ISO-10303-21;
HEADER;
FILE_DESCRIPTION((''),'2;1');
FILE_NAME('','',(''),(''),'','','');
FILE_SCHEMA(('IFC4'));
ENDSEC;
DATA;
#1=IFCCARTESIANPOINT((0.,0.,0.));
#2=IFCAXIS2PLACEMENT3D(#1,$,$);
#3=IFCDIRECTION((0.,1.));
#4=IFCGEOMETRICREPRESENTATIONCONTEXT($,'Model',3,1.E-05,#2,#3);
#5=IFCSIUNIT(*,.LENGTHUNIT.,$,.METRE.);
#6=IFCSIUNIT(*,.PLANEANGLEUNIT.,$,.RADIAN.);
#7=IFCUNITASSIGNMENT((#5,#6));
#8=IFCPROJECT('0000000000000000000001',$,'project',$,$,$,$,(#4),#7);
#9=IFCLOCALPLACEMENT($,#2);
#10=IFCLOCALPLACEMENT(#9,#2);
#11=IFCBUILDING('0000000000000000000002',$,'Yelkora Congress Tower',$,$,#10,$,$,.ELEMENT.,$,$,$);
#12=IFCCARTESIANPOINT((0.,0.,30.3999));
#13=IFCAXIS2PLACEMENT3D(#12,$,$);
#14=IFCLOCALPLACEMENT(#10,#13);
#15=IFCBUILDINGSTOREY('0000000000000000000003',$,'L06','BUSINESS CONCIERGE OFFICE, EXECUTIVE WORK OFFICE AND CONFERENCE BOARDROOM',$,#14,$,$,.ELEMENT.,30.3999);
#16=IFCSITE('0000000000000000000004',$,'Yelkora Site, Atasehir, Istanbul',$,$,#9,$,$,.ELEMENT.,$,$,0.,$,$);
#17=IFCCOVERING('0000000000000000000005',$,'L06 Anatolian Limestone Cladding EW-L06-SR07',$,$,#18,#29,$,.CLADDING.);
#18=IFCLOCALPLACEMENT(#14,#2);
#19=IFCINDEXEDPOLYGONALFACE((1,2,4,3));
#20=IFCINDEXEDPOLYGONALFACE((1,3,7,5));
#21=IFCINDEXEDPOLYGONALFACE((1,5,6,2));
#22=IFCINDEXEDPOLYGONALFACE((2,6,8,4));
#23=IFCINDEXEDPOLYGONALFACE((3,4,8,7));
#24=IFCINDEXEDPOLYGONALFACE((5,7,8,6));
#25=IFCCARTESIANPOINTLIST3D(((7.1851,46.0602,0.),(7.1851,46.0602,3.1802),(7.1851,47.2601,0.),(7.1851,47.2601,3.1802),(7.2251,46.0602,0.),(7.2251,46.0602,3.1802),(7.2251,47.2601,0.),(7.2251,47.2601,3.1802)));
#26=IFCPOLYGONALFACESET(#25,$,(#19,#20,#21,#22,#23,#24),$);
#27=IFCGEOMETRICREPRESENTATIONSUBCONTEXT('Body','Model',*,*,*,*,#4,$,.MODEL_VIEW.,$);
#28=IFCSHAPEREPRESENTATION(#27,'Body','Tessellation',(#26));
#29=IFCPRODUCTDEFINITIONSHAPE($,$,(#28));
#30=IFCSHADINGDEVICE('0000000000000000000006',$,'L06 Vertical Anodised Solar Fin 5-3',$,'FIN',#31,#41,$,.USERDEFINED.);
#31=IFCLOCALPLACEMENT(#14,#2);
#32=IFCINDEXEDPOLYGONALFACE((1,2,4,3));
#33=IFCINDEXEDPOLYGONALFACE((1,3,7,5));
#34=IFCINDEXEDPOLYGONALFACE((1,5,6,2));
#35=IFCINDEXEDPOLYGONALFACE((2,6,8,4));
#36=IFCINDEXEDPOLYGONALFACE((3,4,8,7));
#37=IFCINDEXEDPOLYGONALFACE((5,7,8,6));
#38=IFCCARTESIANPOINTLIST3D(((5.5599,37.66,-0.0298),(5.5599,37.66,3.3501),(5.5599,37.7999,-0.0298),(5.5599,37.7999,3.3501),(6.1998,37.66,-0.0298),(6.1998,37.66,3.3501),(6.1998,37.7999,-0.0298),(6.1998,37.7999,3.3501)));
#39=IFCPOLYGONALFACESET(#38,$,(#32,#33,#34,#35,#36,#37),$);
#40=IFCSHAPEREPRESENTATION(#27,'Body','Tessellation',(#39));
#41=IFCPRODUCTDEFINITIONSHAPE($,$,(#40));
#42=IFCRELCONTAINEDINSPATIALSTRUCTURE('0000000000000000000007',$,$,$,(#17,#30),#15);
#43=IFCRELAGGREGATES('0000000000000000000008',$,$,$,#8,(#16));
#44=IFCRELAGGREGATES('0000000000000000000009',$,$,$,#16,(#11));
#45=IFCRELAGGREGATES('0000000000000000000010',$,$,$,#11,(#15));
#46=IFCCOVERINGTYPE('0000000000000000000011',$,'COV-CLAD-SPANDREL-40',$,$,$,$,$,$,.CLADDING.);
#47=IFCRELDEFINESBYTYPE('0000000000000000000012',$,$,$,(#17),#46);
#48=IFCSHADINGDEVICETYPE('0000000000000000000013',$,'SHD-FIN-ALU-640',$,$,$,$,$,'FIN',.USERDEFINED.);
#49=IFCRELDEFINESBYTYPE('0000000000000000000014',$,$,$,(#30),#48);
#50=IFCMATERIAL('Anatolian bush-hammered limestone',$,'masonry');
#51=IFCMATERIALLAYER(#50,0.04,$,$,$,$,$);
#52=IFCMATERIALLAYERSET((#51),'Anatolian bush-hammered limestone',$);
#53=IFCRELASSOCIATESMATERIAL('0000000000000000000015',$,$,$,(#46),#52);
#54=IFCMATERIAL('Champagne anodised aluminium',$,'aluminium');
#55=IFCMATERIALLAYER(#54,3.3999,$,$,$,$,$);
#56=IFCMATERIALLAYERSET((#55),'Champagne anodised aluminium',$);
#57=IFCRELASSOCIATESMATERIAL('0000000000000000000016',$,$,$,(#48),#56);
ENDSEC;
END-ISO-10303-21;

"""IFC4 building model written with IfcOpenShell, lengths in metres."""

from ifc_helpers import new_model, si_unit, direction, frame, frame_2d, origin, origin_2d, place, context, subcontext, project, spatial, rectangle, extrude, material, layer, layer_set, type_object, element, save


model = new_model("IFC4")

# Units and contexts
model_context = context("Model", 3, precision=1e-05, world=origin(), true_north=direction((0.0, 1.0)))
body_context = subcontext(model_context, "Body", "Model", "MODEL_VIEW")
ifc_project = project(units=[si_unit("LENGTHUNIT", "METRE"), si_unit("PLANEANGLEUNIT", "RADIAN")], contexts=[model_context])

# Site, building, storey
site_placement = place(None, origin())
site = spatial("IfcSite", under=ifc_project, at=site_placement, Name="Yelkora Site, Atasehir, Istanbul", CompositionType="ELEMENT", RefElevation=0.0)
building_placement = place(site_placement, origin())
building = spatial("IfcBuilding", under=site, at=building_placement, Name="Yelkora Congress Tower", CompositionType="ELEMENT")
storey_placement = place(building_placement, frame((0.0, 0.0, 30.3999)))
storey = spatial("IfcBuildingStorey", under=building, at=storey_placement, Name="L06", Description="BUSINESS CONCIERGE OFFICE, EXECUTIVE WORK OFFICE AND CONFERENCE BOARDROOM", CompositionType="ELEMENT", Elevation=30.3999)

# Covering
ifc_material_1 = material(Name="Anatolian bush-hammered limestone", Category="masonry")
ifc_layer_1 = layer(ifc_material_1, 0.04)
ifc_layer_set_1 = layer_set([ifc_layer_1], Name="Anatolian bush-hammered limestone")
covering_type = type_object("IfcCoveringType", Name="COV-CLAD-SPANDREL-40", PredefinedType="CLADDING", material=ifc_layer_set_1)
covering_placement = place(storey_placement, frame((7.2051, 46.0601, 0.0), z_axis=(0.0, 0.0, 1.0), x_axis=(0.0, 1.0, 0.0)))
element("IfcCovering", 1, at=covering_placement, inside=storey, type_object=covering_type, Name="L06 Anatolian Limestone Cladding EW-L06-SR07", PredefinedType="CLADDING", context=body_context, shape_type="SweptSolid", body=[
    extrude(rectangle(XDim=1.2, YDim=0.04, at=frame_2d((0.6001, 0.0))), origin(), (0.0, 0.0, 1.0), 3.1802),
])

# Shading device
ifc_material_2 = material(Name="Champagne anodised aluminium", Category="aluminium")
ifc_layer_2 = layer(ifc_material_2, 3.3999)
ifc_layer_set_2 = layer_set([ifc_layer_2], Name="Champagne anodised aluminium")
shading_device_type = type_object("IfcShadingDeviceType", Name="SHD-FIN-ALU-640", ElementType="FIN", PredefinedType="USERDEFINED", material=ifc_layer_set_2)
shading_device_placement = place(storey_placement, frame((5.8799, 37.73, -0.0298), z_axis=(0.0, 0.0, 1.0), x_axis=(0.0, 1.0, 0.0)))
element("IfcShadingDevice", 2, at=shading_device_placement, inside=storey, type_object=shading_device_type, Name="L06 Vertical Anodised Solar Fin 5-3", ObjectType="FIN", PredefinedType="USERDEFINED", context=body_context, shape_type="SweptSolid", body=[
    extrude(rectangle(XDim=0.1399, YDim=0.6399, at=origin_2d()), origin(), (0.0, 0.0, 1.0), 3.3799),
])

save(model, "model.ifc")
